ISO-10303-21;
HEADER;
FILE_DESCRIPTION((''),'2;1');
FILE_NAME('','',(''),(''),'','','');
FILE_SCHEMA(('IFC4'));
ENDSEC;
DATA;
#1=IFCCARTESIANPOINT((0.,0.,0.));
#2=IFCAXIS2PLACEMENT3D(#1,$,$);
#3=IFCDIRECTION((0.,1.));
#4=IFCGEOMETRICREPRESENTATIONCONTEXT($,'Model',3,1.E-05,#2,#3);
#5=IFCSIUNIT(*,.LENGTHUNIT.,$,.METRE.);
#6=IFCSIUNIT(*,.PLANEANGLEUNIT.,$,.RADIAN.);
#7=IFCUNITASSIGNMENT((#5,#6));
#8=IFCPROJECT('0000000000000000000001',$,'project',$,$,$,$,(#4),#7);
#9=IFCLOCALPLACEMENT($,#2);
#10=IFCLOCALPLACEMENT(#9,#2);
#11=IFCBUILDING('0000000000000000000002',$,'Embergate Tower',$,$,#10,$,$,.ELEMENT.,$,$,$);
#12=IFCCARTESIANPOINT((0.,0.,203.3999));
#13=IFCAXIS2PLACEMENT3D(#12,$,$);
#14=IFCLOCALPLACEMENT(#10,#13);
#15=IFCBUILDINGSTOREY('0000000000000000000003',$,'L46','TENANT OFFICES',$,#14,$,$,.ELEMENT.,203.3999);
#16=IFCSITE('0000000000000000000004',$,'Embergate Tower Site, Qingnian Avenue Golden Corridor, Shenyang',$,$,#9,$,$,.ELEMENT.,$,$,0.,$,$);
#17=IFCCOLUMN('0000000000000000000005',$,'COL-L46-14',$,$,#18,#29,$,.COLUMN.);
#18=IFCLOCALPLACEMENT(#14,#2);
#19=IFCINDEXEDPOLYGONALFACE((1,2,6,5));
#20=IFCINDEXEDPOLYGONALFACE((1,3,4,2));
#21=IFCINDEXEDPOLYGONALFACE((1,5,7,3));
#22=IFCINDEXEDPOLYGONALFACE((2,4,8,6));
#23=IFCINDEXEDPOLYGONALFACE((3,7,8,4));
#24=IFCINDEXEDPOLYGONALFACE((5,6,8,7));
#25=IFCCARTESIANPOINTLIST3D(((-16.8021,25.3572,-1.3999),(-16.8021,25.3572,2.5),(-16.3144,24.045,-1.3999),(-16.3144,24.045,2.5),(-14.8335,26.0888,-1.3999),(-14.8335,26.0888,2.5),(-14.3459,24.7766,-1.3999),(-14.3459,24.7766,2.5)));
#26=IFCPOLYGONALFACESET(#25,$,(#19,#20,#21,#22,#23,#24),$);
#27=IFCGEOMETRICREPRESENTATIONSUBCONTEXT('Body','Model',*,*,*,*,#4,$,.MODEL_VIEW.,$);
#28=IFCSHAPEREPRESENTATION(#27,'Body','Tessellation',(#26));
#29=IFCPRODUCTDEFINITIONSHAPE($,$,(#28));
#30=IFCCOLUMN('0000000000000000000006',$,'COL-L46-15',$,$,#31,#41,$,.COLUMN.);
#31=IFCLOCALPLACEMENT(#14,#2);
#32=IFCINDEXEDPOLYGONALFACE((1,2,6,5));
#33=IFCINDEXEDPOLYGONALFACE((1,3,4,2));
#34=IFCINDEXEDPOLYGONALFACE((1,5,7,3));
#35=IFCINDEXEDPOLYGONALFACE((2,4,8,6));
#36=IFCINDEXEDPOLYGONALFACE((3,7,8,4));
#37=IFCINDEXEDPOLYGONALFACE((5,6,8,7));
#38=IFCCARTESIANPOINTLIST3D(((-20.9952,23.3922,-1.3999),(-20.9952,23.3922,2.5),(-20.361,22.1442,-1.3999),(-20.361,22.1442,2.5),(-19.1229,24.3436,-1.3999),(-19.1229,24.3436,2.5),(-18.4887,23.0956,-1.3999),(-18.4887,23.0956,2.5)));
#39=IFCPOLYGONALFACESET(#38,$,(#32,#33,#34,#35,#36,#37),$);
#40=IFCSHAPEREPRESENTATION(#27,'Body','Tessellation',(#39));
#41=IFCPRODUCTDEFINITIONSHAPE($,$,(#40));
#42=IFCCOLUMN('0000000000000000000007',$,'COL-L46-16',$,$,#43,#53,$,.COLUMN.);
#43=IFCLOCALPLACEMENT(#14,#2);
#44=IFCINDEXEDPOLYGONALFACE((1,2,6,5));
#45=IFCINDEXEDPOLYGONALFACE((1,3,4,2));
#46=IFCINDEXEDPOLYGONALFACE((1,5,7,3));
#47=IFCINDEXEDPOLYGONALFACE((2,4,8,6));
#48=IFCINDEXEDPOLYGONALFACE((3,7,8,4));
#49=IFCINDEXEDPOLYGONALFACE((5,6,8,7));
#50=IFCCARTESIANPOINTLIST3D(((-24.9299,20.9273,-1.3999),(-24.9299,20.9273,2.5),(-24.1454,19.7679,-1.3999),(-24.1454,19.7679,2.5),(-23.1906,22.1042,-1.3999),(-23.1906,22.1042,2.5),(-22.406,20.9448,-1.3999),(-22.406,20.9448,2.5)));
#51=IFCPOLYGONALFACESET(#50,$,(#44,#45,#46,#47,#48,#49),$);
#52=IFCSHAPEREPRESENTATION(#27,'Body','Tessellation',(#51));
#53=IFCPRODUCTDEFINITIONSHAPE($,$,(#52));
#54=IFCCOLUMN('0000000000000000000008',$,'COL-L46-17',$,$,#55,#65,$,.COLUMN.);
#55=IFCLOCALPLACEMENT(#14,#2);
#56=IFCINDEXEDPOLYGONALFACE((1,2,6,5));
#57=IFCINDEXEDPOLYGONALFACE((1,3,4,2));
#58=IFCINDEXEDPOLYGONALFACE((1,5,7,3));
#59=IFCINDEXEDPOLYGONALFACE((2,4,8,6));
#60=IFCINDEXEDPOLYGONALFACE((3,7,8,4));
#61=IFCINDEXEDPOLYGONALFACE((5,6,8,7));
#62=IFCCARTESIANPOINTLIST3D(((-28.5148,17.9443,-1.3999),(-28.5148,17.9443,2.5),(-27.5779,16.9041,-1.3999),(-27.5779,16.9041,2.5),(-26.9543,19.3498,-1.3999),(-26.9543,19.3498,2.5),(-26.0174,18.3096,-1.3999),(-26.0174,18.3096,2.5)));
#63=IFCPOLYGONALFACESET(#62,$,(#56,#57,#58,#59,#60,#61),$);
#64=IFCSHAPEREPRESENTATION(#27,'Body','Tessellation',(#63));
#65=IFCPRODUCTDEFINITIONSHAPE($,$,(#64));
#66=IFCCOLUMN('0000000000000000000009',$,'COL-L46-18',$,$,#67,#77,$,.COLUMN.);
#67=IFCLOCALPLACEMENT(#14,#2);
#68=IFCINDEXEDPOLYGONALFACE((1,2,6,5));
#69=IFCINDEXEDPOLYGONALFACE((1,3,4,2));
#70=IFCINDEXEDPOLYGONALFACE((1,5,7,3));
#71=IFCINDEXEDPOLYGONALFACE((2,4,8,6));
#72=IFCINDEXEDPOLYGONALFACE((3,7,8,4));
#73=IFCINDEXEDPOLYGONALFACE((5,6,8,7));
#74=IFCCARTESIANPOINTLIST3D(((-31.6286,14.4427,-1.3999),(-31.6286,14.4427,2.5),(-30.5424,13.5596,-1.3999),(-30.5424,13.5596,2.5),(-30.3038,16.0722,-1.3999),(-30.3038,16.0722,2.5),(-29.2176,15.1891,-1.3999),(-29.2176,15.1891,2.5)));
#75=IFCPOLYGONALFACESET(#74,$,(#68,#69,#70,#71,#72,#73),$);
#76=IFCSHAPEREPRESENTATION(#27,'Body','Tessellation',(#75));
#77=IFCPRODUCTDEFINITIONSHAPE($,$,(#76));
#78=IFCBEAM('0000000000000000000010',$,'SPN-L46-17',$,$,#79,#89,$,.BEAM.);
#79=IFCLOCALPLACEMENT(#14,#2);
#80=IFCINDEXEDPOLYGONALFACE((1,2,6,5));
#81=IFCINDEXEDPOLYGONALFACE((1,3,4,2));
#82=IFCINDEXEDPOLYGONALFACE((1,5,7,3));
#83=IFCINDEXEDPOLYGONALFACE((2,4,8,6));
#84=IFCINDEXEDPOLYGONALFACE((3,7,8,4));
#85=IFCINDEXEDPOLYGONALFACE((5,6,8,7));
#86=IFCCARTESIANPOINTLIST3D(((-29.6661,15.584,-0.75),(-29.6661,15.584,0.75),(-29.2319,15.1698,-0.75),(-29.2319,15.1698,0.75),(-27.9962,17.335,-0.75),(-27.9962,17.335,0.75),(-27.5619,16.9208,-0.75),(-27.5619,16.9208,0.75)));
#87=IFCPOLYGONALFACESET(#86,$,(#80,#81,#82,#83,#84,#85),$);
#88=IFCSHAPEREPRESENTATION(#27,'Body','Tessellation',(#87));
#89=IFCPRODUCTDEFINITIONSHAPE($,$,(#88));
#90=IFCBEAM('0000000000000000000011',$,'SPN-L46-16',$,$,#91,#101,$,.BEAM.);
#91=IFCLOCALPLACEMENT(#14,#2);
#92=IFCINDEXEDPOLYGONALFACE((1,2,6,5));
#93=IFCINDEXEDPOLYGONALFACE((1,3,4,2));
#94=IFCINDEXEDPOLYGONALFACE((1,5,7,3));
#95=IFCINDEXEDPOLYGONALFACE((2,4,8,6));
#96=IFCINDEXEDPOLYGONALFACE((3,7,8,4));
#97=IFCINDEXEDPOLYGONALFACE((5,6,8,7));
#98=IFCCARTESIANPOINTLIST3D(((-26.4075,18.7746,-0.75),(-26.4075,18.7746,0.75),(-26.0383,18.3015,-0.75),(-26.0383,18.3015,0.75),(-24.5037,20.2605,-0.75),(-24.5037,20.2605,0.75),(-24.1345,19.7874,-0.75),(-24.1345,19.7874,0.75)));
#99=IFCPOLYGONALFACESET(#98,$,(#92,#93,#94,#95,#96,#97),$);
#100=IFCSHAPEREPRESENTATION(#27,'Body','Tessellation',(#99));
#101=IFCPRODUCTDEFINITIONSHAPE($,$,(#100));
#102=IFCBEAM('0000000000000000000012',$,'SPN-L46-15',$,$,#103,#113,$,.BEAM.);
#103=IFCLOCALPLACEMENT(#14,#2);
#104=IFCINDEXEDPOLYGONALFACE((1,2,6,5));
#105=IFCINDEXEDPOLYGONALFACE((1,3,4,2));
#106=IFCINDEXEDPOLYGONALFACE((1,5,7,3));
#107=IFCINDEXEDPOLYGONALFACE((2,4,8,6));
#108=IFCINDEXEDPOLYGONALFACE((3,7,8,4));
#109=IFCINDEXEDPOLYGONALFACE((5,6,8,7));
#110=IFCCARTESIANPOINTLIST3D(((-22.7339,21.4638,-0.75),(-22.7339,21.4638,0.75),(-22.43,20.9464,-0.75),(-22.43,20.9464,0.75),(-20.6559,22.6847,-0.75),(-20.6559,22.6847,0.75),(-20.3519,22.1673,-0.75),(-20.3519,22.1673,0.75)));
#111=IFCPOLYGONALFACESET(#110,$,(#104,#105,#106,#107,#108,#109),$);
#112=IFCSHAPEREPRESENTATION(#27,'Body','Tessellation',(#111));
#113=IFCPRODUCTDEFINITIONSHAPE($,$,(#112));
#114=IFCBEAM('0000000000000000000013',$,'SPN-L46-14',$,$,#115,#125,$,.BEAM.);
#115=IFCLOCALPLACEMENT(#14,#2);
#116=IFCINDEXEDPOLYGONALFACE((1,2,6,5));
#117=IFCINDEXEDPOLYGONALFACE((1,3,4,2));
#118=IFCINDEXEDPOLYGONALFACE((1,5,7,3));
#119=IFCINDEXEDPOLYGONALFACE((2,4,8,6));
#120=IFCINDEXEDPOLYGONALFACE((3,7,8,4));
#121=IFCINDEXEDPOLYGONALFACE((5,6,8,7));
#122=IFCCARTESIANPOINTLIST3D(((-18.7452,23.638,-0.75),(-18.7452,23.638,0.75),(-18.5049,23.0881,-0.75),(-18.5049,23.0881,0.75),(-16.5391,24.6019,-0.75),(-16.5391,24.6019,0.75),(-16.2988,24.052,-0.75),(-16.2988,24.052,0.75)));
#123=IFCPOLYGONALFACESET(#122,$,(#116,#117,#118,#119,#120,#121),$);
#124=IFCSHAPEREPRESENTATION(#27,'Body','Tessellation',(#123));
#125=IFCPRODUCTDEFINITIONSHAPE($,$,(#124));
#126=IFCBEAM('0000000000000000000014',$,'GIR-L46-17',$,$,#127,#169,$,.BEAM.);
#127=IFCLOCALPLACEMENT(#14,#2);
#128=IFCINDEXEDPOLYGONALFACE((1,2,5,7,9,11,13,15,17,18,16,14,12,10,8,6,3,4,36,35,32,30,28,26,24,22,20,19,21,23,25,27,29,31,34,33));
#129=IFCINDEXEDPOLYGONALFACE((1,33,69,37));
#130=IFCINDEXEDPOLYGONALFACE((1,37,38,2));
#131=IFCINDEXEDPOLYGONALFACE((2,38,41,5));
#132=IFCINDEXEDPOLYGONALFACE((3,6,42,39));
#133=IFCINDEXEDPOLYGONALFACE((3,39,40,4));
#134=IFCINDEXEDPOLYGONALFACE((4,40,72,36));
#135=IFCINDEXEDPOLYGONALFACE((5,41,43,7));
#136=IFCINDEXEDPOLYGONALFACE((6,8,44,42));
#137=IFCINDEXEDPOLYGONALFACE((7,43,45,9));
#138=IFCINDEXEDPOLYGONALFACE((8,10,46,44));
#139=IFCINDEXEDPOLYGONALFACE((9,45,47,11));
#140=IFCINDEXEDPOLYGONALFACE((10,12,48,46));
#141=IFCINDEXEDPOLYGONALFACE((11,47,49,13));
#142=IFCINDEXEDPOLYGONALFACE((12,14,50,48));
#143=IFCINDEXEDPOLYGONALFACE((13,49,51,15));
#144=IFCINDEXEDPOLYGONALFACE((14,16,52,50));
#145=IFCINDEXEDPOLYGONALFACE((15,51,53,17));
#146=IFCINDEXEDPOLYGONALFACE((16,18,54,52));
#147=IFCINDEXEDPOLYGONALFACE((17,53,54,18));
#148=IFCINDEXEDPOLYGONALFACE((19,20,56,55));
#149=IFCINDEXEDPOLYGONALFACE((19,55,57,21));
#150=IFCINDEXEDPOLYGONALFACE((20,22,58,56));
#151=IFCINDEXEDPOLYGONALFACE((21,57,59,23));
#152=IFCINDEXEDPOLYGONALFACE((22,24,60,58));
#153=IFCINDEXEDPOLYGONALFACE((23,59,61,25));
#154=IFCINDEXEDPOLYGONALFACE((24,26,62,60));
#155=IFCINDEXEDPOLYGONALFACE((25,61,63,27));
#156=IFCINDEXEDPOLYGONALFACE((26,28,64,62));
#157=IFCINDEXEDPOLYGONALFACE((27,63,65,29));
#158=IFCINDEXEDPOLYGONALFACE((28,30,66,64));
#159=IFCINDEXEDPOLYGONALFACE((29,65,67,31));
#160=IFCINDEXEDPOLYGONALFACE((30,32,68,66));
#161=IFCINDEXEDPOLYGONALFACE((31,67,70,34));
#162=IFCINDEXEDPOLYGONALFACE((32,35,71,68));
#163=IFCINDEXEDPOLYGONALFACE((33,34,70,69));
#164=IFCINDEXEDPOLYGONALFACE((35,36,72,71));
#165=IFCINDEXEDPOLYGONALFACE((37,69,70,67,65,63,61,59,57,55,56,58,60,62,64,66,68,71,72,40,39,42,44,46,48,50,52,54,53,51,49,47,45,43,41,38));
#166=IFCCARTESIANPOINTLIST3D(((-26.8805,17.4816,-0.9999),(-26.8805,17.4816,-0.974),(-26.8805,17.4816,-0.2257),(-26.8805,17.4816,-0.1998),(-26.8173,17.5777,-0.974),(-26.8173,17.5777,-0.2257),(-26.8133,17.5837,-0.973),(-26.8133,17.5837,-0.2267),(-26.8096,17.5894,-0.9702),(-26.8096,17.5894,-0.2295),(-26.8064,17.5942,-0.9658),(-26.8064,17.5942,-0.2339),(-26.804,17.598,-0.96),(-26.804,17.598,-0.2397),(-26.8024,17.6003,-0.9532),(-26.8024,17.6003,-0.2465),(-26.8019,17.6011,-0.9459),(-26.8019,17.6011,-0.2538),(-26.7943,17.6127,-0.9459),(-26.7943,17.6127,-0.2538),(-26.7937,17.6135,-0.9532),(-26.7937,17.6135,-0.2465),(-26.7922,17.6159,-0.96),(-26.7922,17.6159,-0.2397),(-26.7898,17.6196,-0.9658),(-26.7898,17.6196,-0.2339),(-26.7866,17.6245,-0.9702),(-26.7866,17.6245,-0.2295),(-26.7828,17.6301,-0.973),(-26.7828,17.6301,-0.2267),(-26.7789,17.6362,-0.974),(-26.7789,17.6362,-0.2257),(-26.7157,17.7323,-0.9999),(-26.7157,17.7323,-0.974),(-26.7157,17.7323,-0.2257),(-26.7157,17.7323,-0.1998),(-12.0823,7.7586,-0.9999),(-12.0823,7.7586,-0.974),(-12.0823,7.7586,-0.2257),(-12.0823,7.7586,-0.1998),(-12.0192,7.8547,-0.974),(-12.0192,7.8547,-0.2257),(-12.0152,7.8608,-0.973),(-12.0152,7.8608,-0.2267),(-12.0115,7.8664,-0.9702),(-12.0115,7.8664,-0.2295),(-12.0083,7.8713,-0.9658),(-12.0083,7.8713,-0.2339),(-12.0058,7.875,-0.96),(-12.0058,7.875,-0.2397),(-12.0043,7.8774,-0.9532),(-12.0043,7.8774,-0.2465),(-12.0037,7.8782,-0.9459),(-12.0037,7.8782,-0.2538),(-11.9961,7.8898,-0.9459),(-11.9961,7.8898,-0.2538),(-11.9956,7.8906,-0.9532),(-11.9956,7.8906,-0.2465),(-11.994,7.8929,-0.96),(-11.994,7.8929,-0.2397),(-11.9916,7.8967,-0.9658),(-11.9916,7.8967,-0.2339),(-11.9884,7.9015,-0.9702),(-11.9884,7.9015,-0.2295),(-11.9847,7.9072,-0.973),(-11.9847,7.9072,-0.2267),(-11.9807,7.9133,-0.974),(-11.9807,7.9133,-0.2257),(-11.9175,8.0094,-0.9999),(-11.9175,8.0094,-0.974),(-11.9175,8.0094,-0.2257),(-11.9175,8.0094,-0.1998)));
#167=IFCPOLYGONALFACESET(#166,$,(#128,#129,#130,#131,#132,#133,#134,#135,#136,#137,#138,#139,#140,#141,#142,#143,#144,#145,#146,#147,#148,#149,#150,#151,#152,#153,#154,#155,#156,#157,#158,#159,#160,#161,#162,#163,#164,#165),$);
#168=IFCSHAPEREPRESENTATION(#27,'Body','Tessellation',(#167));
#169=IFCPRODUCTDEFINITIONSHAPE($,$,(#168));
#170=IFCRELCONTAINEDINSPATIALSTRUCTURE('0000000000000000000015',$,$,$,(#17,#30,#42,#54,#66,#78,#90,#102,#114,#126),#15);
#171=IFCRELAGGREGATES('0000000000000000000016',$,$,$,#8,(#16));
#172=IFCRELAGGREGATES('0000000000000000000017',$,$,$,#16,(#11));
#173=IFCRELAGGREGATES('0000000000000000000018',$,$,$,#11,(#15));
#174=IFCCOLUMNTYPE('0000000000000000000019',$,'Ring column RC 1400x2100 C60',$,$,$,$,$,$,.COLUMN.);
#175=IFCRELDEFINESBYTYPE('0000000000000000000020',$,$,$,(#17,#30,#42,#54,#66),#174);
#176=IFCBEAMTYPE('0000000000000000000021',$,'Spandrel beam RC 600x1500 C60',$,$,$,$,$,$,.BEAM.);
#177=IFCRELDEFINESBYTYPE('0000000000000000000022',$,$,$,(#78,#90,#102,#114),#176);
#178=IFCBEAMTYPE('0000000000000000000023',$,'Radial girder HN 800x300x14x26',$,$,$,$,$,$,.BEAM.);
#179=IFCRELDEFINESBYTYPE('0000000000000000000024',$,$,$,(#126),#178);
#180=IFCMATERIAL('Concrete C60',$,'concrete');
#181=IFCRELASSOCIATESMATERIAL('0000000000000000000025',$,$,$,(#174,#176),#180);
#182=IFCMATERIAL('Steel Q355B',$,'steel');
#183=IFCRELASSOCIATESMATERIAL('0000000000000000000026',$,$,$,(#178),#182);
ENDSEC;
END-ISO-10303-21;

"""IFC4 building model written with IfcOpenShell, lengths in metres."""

from ifc_helpers import new_model, si_unit, direction, frame, origin, origin_2d, place, context, subcontext, project, spatial, rectangle, i_section, extrude, source, transform, mapped, material, material_profile, profile_set, type_object, element, save


model = new_model("IFC4")

# Units and contexts
model_context = context("Model", 3, precision=1e-05, world=origin(), true_north=direction((0.0, 1.0)))
body_context = subcontext(model_context, "Body", "Model", "MODEL_VIEW")
ifc_project = project(units=[si_unit("LENGTHUNIT", "METRE"), si_unit("PLANEANGLEUNIT", "RADIAN")], contexts=[model_context])

# Site, building, storey
site_placement = place(None, origin())
site = spatial("IfcSite", under=ifc_project, at=site_placement, Name="Embergate Tower Site, Qingnian Avenue Golden Corridor, Shenyang", CompositionType="ELEMENT", RefElevation=0.0)
building_placement = place(site_placement, origin())
building = spatial("IfcBuilding", under=site, at=building_placement, Name="Embergate Tower", CompositionType="ELEMENT")
storey_placement = place(building_placement, frame((0.0, 0.0, 203.3999)))
storey = spatial("IfcBuildingStorey", under=building, at=storey_placement, Name="L46", Description="TENANT OFFICES", CompositionType="ELEMENT", Elevation=203.3999)

# Columns
ifc_material_1 = material(Name="Concrete C60", Category="concrete")
ifc_material_profile_1 = material_profile(ifc_material_1, rectangle(XDim=1.3999, YDim=2.1001, at=origin_2d()), Name="RC 1400x2100")
ifc_profile_set_1 = profile_set([ifc_material_profile_1], Name="Concrete C60")
column_type = type_object("IfcColumnType", Name="Ring column RC 1400x2100 C60", PredefinedType="COLUMN", material=ifc_profile_set_1)
shared_shape_1 = source(origin(), body_context, "Body", "SweptSolid", [
    extrude(rectangle(XDim=1.3999, YDim=2.1001, at=origin_2d()), origin(), (0.0, 0.0, 1.0), 3.8999),
])
for number, where, z_axis, x_axis, name in (
    (1, (-15.574, 25.0669, -1.3999), (0.0, 0.0, 1.0), (-0.348359, 0.937361, 0.0), "COL-L46-14"),
    (2, (-19.7419, 23.2439, -1.3999), (0.0, 0.0, 1.0), (-0.453011, 0.891505, 0.0), "COL-L46-15"),
    (3, (-23.668, 20.936, -1.3999), (0.0, 0.0, 1.0), (-0.560408, 0.828217, 0.0), "COL-L46-16"),
    (4, (-27.2661, 18.127, -1.3999), (0.0, 0.0, 1.0), (-0.669221, 0.743063, 0.0), "COL-L46-17"),
    (5, (-30.4231, 14.8159, -1.3999), (0.0, 0.0, 1.0), (-0.775925, 0.630825, 0.0), "COL-L46-18"),
):
    element("IfcColumn", number, at=place(storey_placement, frame(where, z_axis=z_axis, x_axis=x_axis)), inside=storey, type_object=column_type, Name=name, PredefinedType="COLUMN", context=body_context, shape_type="MappedRepresentation", body=[
        mapped(shared_shape_1, transform((0.0, 0.0, 0.0))),
    ])

# Beams
ifc_material_profile_2 = material_profile(ifc_material_1, rectangle(XDim=0.6001, YDim=1.5, at=origin_2d()), Name="RC 600x1500")
ifc_profile_set_2 = profile_set([ifc_material_profile_2], Name="Concrete C60")
beam_type_1 = type_object("IfcBeamType", Name="Spandrel beam RC 600x1500 C60", PredefinedType="BEAM", material=ifc_profile_set_2)
shared_shape_2 = source(origin(), body_context, "Body", "SweptSolid", [
    extrude(rectangle(XDim=0.6001, YDim=1.5, at=origin_2d()), origin(), (0.0, 0.0, 1.0), 2.4197),
])
beam_1_placement = place(storey_placement, frame((-27.7791, 17.1279, 0.0), z_axis=(-0.690159, -0.723658, 0.0), x_axis=(0.723658, -0.690159, 0.0)))
element("IfcBeam", 6, at=beam_1_placement, inside=storey, type_object=beam_type_1, Name="SPN-L46-17", PredefinedType="BEAM", context=body_context, shape_type="MappedRepresentation", body=[
    mapped(shared_shape_2, transform((0.0, 0.0, 0.0))),
])
shared_shape_3 = source(origin(), body_context, "Body", "SweptSolid", [
    extrude(rectangle(XDim=0.6001, YDim=1.5, at=origin_2d()), origin(), (0.0, 0.0, 1.0), 2.415),
])
beam_2_placement = place(storey_placement, frame((-24.3191, 20.0239, 0.0), z_axis=(-0.788328, -0.615256, 0.0), x_axis=(0.615256, -0.788328, 0.0)))
element("IfcBeam", 7, at=beam_2_placement, inside=storey, type_object=beam_type_1, Name="SPN-L46-16", PredefinedType="BEAM", context=body_context, shape_type="MappedRepresentation", body=[
    mapped(shared_shape_3, transform((0.0, 0.0, 0.0))),
])
shared_shape_4 = source(origin(), body_context, "Body", "SweptSolid", [
    extrude(rectangle(XDim=0.6001, YDim=1.5, at=origin_2d()), origin(), (0.0, 0.0, 1.0), 2.4102),
])
beam_3_placement = place(storey_placement, frame((-20.5039, 22.426, 0.0), z_axis=(-0.862202, -0.506564, 0.0), x_axis=(0.506564, -0.862202, 0.0)))
element("IfcBeam", 8, at=beam_3_placement, inside=storey, type_object=beam_type_1, Name="SPN-L46-15", PredefinedType="BEAM", context=body_context, shape_type="MappedRepresentation", body=[
    mapped(shared_shape_4, transform((0.0, 0.0, 0.0))),
])
shared_shape_5 = source(origin(), body_context, "Body", "SweptSolid", [
    extrude(rectangle(XDim=0.6001, YDim=1.5, at=origin_2d()), origin(), (0.0, 0.0, 1.0), 2.4075),
])
beam_4_placement = place(storey_placement, frame((-16.4189, 24.3269, 0.0), z_axis=(-0.916353, -0.400372, 0.0), x_axis=(0.400372, -0.916353, 0.0)))
element("IfcBeam", 9, at=beam_4_placement, inside=storey, type_object=beam_type_1, Name="SPN-L46-14", PredefinedType="BEAM", context=body_context, shape_type="MappedRepresentation", body=[
    mapped(shared_shape_5, transform((0.0, 0.0, 0.0))),
])
ifc_material_2 = material(Name="Steel Q355B", Category="steel")
ifc_material_profile_3 = material_profile(ifc_material_2, i_section(OverallWidth=0.3, OverallDepth=0.8, WebThickness=0.0139, FlangeThickness=0.0259, FilletRadius=0.0281, at=origin_2d()), Name="HN 800x300x14x26")
ifc_profile_set_3 = profile_set([ifc_material_profile_3], Name="Steel Q355 grade B")
beam_type_2 = type_object("IfcBeamType", Name="Radial girder HN 800x300x14x26", PredefinedType="BEAM", material=ifc_profile_set_3)
shared_shape_6 = source(origin(), body_context, "Body", "SweptSolid", [
    extrude(i_section(OverallWidth=0.3, OverallDepth=0.8, WebThickness=0.0139, FlangeThickness=0.0259, FilletRadius=0.0281, at=origin_2d()), origin(), (0.0, 0.0, 1.0), 17.7065),
])
beam_5_placement = place(storey_placement, frame((-26.7981, 17.6069, -0.5999), z_axis=(0.835746, -0.549116, 0.0), x_axis=(0.549116, 0.835746, 0.0)))
element("IfcBeam", 10, at=beam_5_placement, inside=storey, type_object=beam_type_2, Name="GIR-L46-17", PredefinedType="BEAM", context=body_context, shape_type="MappedRepresentation", body=[
    mapped(shared_shape_6, transform((0.0, 0.0, 0.0))),
])

save(model, "model.ifc")
